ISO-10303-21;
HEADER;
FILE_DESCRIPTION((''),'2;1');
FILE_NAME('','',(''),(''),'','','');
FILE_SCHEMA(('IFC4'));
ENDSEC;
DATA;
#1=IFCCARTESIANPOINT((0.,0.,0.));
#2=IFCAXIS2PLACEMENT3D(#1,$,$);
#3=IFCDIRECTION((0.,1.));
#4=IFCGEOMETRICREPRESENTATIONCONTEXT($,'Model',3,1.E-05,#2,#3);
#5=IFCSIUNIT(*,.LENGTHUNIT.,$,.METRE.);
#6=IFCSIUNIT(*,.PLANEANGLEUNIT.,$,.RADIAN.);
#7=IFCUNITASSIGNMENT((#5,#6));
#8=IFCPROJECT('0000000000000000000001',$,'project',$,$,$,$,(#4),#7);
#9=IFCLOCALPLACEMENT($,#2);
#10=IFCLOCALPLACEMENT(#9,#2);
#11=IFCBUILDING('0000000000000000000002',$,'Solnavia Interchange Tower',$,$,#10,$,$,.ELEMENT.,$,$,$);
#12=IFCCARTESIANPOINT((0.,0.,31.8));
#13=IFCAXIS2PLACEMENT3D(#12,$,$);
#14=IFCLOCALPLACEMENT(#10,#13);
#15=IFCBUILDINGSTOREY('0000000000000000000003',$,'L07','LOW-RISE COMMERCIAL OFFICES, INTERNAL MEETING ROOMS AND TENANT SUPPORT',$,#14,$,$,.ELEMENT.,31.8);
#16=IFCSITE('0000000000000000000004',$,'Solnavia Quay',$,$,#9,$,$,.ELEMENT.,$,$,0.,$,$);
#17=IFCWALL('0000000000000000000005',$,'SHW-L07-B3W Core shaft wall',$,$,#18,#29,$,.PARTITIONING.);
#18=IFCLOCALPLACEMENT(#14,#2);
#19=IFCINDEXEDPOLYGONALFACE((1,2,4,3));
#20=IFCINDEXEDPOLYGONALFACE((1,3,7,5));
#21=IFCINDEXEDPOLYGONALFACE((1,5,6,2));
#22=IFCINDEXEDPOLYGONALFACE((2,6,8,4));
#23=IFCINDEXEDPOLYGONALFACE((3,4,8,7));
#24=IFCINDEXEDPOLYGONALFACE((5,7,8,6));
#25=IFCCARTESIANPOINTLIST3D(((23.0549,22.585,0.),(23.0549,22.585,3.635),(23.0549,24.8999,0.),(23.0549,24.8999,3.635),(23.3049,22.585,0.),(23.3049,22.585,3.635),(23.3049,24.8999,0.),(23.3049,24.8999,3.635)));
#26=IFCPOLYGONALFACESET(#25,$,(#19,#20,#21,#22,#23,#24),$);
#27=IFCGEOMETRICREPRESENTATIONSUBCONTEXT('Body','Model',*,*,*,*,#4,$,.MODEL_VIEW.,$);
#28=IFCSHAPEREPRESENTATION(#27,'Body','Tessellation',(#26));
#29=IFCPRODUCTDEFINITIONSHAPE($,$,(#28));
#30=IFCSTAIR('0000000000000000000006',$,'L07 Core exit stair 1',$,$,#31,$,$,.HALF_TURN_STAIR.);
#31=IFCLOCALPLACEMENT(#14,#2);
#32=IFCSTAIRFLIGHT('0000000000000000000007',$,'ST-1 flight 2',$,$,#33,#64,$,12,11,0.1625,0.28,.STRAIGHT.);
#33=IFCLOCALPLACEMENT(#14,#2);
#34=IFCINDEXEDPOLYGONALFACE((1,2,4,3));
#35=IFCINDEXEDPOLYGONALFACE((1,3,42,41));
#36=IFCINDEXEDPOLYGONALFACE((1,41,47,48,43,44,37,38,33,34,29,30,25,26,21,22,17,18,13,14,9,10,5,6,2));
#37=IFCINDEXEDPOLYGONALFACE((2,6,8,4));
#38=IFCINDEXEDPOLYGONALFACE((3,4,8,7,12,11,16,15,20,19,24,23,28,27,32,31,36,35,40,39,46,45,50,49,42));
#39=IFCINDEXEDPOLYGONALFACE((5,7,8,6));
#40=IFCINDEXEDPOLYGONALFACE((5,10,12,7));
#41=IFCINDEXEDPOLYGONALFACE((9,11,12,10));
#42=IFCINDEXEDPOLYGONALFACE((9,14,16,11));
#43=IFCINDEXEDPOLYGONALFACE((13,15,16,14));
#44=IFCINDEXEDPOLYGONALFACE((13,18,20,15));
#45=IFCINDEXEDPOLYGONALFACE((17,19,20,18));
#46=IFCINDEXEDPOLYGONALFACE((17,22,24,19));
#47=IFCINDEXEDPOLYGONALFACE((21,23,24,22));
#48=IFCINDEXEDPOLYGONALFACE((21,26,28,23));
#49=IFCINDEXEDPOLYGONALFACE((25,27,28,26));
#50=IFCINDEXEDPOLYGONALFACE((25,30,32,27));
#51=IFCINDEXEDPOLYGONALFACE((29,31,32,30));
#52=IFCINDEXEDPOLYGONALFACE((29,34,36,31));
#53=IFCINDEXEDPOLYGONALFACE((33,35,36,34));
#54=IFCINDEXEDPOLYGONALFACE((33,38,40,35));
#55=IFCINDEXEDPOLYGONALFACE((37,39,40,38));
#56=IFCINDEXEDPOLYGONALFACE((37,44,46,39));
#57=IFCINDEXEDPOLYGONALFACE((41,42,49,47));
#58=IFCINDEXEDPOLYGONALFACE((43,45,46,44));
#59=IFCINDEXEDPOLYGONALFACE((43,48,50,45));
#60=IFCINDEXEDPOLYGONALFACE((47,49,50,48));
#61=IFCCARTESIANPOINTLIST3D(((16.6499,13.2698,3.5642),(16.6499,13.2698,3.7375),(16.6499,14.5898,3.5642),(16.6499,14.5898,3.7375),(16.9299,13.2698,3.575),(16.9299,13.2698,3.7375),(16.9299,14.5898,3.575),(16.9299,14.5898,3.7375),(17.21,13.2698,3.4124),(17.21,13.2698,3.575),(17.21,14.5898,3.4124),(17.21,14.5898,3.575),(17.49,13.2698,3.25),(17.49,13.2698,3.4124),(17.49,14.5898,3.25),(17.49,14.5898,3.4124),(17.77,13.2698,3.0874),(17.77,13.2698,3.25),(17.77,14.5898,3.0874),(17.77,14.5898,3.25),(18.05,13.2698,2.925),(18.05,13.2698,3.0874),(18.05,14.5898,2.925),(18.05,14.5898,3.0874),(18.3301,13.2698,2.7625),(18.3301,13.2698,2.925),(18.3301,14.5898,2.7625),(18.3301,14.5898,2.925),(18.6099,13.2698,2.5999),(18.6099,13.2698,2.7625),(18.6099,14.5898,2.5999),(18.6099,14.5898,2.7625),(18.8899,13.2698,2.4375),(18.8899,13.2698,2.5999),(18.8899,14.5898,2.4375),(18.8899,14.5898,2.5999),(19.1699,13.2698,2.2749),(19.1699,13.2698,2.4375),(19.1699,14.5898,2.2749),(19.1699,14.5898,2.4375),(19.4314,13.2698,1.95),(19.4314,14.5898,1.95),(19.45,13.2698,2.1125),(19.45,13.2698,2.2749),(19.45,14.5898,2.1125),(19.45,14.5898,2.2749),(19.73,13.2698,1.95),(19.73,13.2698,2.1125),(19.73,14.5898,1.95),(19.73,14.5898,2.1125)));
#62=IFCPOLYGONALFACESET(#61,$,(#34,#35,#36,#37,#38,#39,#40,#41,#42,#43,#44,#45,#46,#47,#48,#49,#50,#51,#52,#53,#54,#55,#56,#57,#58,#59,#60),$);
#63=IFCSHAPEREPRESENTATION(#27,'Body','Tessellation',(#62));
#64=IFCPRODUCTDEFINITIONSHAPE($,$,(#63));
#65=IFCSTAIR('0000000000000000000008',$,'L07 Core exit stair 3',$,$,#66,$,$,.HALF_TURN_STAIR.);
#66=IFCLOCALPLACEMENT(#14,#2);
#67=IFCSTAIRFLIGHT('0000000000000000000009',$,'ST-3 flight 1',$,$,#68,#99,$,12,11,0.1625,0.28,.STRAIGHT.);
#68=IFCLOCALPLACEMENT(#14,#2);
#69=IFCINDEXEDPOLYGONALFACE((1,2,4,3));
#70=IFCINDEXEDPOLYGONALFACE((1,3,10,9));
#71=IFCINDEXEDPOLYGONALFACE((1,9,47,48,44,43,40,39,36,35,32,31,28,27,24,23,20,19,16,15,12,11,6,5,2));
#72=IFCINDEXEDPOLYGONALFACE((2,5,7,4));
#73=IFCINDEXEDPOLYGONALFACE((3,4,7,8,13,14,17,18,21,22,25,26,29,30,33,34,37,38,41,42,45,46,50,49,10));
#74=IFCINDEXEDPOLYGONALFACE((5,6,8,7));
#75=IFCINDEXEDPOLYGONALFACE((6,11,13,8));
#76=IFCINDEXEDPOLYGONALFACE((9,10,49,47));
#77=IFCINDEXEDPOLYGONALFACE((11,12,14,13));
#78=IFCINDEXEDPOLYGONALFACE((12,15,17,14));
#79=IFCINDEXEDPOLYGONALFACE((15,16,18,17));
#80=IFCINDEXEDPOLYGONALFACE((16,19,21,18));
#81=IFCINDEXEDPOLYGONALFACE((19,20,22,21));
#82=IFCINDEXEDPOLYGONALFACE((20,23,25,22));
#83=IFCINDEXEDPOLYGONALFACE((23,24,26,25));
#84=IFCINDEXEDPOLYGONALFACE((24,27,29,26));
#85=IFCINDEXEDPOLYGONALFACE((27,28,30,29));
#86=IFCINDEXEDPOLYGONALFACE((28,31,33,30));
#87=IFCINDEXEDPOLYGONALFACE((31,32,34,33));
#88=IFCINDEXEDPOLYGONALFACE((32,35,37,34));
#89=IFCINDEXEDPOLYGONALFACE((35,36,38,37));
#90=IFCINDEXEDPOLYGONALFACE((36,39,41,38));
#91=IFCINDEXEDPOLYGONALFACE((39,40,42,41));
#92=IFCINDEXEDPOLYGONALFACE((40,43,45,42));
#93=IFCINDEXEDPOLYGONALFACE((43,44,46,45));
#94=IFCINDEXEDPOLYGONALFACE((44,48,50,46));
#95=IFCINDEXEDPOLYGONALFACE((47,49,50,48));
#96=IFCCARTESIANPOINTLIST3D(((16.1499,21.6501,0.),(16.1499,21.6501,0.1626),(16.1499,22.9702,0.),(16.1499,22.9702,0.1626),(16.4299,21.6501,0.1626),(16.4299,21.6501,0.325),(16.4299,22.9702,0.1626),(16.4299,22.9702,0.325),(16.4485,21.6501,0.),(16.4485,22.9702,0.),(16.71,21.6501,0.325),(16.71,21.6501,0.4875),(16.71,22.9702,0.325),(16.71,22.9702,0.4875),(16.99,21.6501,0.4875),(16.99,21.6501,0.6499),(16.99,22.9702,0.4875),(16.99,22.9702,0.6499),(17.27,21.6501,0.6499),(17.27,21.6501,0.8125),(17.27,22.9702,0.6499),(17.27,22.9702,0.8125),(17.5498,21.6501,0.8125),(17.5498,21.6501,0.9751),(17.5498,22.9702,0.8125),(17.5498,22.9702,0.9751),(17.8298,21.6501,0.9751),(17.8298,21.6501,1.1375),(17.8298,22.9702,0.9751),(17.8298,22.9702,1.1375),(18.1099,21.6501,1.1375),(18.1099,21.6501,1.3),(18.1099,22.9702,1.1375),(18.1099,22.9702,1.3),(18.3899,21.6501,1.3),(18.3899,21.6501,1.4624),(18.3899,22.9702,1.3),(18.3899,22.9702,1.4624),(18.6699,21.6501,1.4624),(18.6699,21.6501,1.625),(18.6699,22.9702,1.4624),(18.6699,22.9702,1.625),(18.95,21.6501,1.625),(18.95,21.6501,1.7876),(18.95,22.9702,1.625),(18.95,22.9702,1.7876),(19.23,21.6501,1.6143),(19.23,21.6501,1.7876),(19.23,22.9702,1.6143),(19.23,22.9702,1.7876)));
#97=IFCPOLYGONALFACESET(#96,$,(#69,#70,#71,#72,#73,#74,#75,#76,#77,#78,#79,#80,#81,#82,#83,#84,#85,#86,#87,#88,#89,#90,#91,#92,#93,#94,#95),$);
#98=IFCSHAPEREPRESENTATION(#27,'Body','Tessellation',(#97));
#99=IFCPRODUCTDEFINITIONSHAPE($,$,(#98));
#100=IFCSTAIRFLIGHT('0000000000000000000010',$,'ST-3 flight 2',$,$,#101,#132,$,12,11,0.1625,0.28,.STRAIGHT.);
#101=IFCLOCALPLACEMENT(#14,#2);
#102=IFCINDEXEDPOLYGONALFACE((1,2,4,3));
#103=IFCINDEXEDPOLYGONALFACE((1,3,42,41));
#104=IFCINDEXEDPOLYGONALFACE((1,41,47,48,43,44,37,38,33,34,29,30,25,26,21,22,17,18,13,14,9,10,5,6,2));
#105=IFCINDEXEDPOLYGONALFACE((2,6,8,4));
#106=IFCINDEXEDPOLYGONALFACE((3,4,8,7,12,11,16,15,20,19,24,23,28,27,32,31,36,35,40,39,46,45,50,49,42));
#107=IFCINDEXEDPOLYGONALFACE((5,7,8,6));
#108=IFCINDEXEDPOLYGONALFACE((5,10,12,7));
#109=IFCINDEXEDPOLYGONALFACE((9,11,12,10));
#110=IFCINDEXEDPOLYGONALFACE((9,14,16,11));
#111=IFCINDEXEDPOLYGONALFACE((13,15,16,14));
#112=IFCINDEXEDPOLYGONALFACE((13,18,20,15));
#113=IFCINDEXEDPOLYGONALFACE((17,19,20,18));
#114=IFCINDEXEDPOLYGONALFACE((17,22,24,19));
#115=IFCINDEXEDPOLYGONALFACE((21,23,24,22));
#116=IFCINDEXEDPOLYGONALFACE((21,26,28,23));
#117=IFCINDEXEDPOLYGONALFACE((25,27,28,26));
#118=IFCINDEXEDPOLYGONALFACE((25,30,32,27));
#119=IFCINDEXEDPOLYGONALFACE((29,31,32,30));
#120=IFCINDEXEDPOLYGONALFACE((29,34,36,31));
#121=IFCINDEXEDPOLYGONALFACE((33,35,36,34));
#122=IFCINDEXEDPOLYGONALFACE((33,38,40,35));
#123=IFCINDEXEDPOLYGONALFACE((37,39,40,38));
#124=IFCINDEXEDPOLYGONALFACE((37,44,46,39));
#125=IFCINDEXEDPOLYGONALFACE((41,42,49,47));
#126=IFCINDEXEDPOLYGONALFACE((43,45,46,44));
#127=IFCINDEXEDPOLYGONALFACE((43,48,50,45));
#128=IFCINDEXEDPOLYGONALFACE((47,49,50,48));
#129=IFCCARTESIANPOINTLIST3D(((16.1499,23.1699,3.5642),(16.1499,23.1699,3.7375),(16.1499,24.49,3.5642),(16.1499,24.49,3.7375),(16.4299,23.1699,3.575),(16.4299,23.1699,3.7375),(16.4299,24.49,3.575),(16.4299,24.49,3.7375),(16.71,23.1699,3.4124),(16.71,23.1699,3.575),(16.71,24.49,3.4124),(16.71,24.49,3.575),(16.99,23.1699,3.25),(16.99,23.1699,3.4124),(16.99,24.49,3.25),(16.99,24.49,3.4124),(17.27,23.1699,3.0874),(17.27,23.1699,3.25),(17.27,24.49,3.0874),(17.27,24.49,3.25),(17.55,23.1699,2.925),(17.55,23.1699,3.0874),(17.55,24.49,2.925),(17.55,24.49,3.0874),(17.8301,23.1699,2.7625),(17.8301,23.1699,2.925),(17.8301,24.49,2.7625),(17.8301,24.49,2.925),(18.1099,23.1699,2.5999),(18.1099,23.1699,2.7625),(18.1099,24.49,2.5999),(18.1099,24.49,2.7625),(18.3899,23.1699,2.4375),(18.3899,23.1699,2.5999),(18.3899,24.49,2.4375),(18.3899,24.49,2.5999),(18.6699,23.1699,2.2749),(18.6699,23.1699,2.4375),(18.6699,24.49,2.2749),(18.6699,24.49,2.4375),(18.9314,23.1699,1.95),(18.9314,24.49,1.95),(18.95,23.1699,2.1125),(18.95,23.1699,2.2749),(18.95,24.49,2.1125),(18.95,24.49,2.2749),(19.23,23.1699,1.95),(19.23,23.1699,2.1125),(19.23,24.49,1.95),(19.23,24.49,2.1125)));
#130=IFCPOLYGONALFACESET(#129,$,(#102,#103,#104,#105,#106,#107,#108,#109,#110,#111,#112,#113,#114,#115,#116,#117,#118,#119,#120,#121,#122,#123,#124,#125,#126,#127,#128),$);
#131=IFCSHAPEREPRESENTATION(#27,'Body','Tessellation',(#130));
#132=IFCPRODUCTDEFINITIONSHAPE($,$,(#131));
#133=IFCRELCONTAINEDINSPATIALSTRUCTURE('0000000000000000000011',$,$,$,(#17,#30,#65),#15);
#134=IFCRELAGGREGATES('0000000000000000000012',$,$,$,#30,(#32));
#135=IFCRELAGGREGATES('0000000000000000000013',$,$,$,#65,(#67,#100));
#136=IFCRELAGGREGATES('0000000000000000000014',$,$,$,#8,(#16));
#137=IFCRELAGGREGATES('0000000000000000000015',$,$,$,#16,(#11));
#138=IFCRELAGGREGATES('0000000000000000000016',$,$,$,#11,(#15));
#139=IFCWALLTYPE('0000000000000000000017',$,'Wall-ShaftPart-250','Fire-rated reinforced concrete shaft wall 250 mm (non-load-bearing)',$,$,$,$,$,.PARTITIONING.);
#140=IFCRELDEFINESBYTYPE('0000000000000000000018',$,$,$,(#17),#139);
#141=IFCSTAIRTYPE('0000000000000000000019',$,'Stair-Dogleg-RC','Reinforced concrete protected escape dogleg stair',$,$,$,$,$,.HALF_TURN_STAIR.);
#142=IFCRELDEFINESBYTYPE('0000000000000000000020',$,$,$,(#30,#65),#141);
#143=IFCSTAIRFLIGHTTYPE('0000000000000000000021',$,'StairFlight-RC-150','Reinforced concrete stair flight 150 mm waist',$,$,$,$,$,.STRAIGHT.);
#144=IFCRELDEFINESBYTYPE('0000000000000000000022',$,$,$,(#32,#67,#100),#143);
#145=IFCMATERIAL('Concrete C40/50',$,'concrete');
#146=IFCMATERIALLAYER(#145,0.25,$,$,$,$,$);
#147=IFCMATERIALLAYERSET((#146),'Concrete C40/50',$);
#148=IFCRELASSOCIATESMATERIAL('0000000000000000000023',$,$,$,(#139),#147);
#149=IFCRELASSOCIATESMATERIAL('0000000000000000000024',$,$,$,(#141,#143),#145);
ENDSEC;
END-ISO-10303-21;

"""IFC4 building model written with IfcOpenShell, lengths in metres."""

from ifc_helpers import new_model, si_unit, direction, frame, frame_2d, origin, place, context, subcontext, project, spatial, polyline, rectangle, outline, extrude, material, layer, layer_set, type_object, element, aggregate, save


model = new_model("IFC4")

# Units and contexts
model_context = context("Model", 3, precision=1e-05, world=origin(), true_north=direction((0.0, 1.0)))
body_context = subcontext(model_context, "Body", "Model", "MODEL_VIEW")
ifc_project = project(units=[si_unit("LENGTHUNIT", "METRE"), si_unit("PLANEANGLEUNIT", "RADIAN")], contexts=[model_context])

# Site, building, storey
site_placement = place(None, origin())
site = spatial("IfcSite", under=ifc_project, at=site_placement, Name="Solnavia Quay", CompositionType="ELEMENT", RefElevation=0.0)
building_placement = place(site_placement, origin())
building = spatial("IfcBuilding", under=site, at=building_placement, Name="Solnavia Interchange Tower", CompositionType="ELEMENT")
storey_placement = place(building_placement, frame((0.0, 0.0, 31.8)))
storey = spatial("IfcBuildingStorey", under=building, at=storey_placement, Name="L07", Description="LOW-RISE COMMERCIAL OFFICES, INTERNAL MEETING ROOMS AND TENANT SUPPORT", CompositionType="ELEMENT", Elevation=31.8)

# Shared definitions
ifc_material_1 = material(Name="Concrete C40/50", Category="concrete")

# Shared definitions
ifc_layer_1 = layer(ifc_material_1, 0.25)
ifc_layer_set_1 = layer_set([ifc_layer_1], Name="Concrete C40/50")
wall_type_1 = type_object("IfcWallType", Name="Wall-ShaftPart-250", Description="Fire-rated reinforced concrete shaft wall 250 mm (non-load-bearing)", PredefinedType="PARTITIONING", material=ifc_layer_set_1)

# Wall
wall_1_placement = place(storey_placement, frame((23.1799, 22.585, 0.0), z_axis=(0.0, 0.0, 1.0), x_axis=(0.0, 1.0, 0.0)))
element("IfcWall", 1, at=wall_1_placement, inside=storey, type_object=wall_type_1, Name="SHW-L07-B3W Core shaft wall", PredefinedType="PARTITIONING", context=body_context, shape_type="SweptSolid", body=[
    extrude(rectangle(XDim=2.3149, YDim=0.25, at=frame_2d((1.1575, 0.0))), origin(), (0.0, 0.0, 1.0), 3.635),
])

# Stair, stair flight
stair_type = type_object("IfcStairType", Name="Stair-Dogleg-RC", Description="Reinforced concrete protected escape dogleg stair", PredefinedType="HALF_TURN_STAIR", material=ifc_material_1)
stair_1_placement = place(storey_placement, origin())
stair_1 = element("IfcStair", 2, at=stair_1_placement, inside=storey, type_object=stair_type, Name="L07 Core exit stair 1", PredefinedType="HALF_TURN_STAIR")
stair_flight_type = type_object("IfcStairFlightType", Name="StairFlight-RC-150", Description="Reinforced concrete stair flight 150 mm waist", PredefinedType="STRAIGHT", material=ifc_material_1)
stair_flight_1_placement = place(storey_placement, frame((19.73, 13.9299, 1.95), z_axis=(0.0, 0.0, 1.0), x_axis=(-1.0, 0.0, 0.0)))
stair_flight_1 = element("IfcStairFlight", 3, at=stair_flight_1_placement, type_object=stair_flight_type, Name="ST-1 flight 2", NumberOfRisers=12, NumberOfTreads=11, PredefinedType="STRAIGHT", RiserHeight=0.1625, TreadLength=0.28, context=body_context, shape_type="SweptSolid", body=[
    extrude(outline(polyline([(0.0, 0.0), (0.0, 0.1626), (0.28, 0.1626), (0.28, 0.325), (0.5601, 0.325), (0.5601, 0.4875), (0.8401, 0.4875), (0.8401, 0.6499), (1.1201, 0.6499), (1.1201, 0.8125), (1.3999, 0.8125), (1.3999, 0.9751), (1.6799, 0.9751), (1.6799, 1.1375), (1.96, 1.1375), (1.96, 1.3), (2.24, 1.3), (2.24, 1.4624), (2.52, 1.4624), (2.52, 1.625), (2.8, 1.625), (2.8, 1.7876), (3.0801, 1.7876), (3.0801, 1.95), (3.0801, 1.6143), (0.2986, 0.0), (0.0, 0.0)])), frame((0.0, 0.6602, 0.0), z_axis=(0.0, -1.0, 0.0), x_axis=(1.0, 0.0, 0.0)), (0.0, 0.0, 1.0), 1.3201),
])
aggregate(stair_1, [stair_flight_1])

# Stair, stair flights
stair_2_placement = place(storey_placement, origin())
stair_2 = element("IfcStair", 4, at=stair_2_placement, inside=storey, type_object=stair_type, Name="L07 Core exit stair 3", PredefinedType="HALF_TURN_STAIR")
stair_flight_2_placement = place(storey_placement, frame((16.1499, 22.3101, 0.0), z_axis=(0.0, 0.0, 1.0), x_axis=(1.0, 0.0, 0.0)))
stair_flight_2 = element("IfcStairFlight", 5, at=stair_flight_2_placement, type_object=stair_flight_type, Name="ST-3 flight 1", NumberOfRisers=12, NumberOfTreads=11, PredefinedType="STRAIGHT", RiserHeight=0.1625, TreadLength=0.28, context=body_context, shape_type="SweptSolid", body=[
    extrude(outline(polyline([(0.0, 0.0), (0.0, 0.1626), (0.28, 0.1626), (0.28, 0.325), (0.5601, 0.325), (0.5601, 0.4875), (0.8401, 0.4875), (0.8401, 0.6499), (1.1201, 0.6499), (1.1201, 0.8125), (1.3999, 0.8125), (1.3999, 0.9751), (1.6799, 0.9751), (1.6799, 1.1375), (1.96, 1.1375), (1.96, 1.3), (2.24, 1.3), (2.24, 1.4624), (2.52, 1.4624), (2.52, 1.625), (2.8, 1.625), (2.8, 1.7876), (3.0801, 1.7876), (3.0801, 1.95), (3.0801, 1.6143), (0.2986, 0.0), (0.0, 0.0)])), frame((0.0, 0.6602, 0.0), z_axis=(0.0, -1.0, 0.0), x_axis=(1.0, 0.0, 0.0)), (0.0, 0.0, 1.0), 1.3201),
])
stair_flight_3_placement = place(storey_placement, frame((19.23, 23.8301, 1.95), z_axis=(0.0, 0.0, 1.0), x_axis=(-1.0, 0.0, 0.0)))
stair_flight_3 = element("IfcStairFlight", 6, at=stair_flight_3_placement, type_object=stair_flight_type, Name="ST-3 flight 2", NumberOfRisers=12, NumberOfTreads=11, PredefinedType="STRAIGHT", RiserHeight=0.1625, TreadLength=0.28, context=body_context, shape_type="SweptSolid", body=[
    extrude(outline(polyline([(0.0, 0.0), (0.0, 0.1626), (0.28, 0.1626), (0.28, 0.325), (0.5601, 0.325), (0.5601, 0.4875), (0.8401, 0.4875), (0.8401, 0.6499), (1.1201, 0.6499), (1.1201, 0.8125), (1.3999, 0.8125), (1.3999, 0.9751), (1.6799, 0.9751), (1.6799, 1.1375), (1.96, 1.1375), (1.96, 1.3), (2.24, 1.3), (2.24, 1.4624), (2.52, 1.4624), (2.52, 1.625), (2.8, 1.625), (2.8, 1.7876), (3.0801, 1.7876), (3.0801, 1.95), (3.0801, 1.6143), (0.2986, 0.0), (0.0, 0.0)])), frame((0.0, 0.6602, 0.0), z_axis=(0.0, -1.0, 0.0), x_axis=(1.0, 0.0, 0.0)), (0.0, 0.0, 1.0), 1.3201),
])
aggregate(stair_2, [stair_flight_2, stair_flight_3])

save(model, "model.ifc")
